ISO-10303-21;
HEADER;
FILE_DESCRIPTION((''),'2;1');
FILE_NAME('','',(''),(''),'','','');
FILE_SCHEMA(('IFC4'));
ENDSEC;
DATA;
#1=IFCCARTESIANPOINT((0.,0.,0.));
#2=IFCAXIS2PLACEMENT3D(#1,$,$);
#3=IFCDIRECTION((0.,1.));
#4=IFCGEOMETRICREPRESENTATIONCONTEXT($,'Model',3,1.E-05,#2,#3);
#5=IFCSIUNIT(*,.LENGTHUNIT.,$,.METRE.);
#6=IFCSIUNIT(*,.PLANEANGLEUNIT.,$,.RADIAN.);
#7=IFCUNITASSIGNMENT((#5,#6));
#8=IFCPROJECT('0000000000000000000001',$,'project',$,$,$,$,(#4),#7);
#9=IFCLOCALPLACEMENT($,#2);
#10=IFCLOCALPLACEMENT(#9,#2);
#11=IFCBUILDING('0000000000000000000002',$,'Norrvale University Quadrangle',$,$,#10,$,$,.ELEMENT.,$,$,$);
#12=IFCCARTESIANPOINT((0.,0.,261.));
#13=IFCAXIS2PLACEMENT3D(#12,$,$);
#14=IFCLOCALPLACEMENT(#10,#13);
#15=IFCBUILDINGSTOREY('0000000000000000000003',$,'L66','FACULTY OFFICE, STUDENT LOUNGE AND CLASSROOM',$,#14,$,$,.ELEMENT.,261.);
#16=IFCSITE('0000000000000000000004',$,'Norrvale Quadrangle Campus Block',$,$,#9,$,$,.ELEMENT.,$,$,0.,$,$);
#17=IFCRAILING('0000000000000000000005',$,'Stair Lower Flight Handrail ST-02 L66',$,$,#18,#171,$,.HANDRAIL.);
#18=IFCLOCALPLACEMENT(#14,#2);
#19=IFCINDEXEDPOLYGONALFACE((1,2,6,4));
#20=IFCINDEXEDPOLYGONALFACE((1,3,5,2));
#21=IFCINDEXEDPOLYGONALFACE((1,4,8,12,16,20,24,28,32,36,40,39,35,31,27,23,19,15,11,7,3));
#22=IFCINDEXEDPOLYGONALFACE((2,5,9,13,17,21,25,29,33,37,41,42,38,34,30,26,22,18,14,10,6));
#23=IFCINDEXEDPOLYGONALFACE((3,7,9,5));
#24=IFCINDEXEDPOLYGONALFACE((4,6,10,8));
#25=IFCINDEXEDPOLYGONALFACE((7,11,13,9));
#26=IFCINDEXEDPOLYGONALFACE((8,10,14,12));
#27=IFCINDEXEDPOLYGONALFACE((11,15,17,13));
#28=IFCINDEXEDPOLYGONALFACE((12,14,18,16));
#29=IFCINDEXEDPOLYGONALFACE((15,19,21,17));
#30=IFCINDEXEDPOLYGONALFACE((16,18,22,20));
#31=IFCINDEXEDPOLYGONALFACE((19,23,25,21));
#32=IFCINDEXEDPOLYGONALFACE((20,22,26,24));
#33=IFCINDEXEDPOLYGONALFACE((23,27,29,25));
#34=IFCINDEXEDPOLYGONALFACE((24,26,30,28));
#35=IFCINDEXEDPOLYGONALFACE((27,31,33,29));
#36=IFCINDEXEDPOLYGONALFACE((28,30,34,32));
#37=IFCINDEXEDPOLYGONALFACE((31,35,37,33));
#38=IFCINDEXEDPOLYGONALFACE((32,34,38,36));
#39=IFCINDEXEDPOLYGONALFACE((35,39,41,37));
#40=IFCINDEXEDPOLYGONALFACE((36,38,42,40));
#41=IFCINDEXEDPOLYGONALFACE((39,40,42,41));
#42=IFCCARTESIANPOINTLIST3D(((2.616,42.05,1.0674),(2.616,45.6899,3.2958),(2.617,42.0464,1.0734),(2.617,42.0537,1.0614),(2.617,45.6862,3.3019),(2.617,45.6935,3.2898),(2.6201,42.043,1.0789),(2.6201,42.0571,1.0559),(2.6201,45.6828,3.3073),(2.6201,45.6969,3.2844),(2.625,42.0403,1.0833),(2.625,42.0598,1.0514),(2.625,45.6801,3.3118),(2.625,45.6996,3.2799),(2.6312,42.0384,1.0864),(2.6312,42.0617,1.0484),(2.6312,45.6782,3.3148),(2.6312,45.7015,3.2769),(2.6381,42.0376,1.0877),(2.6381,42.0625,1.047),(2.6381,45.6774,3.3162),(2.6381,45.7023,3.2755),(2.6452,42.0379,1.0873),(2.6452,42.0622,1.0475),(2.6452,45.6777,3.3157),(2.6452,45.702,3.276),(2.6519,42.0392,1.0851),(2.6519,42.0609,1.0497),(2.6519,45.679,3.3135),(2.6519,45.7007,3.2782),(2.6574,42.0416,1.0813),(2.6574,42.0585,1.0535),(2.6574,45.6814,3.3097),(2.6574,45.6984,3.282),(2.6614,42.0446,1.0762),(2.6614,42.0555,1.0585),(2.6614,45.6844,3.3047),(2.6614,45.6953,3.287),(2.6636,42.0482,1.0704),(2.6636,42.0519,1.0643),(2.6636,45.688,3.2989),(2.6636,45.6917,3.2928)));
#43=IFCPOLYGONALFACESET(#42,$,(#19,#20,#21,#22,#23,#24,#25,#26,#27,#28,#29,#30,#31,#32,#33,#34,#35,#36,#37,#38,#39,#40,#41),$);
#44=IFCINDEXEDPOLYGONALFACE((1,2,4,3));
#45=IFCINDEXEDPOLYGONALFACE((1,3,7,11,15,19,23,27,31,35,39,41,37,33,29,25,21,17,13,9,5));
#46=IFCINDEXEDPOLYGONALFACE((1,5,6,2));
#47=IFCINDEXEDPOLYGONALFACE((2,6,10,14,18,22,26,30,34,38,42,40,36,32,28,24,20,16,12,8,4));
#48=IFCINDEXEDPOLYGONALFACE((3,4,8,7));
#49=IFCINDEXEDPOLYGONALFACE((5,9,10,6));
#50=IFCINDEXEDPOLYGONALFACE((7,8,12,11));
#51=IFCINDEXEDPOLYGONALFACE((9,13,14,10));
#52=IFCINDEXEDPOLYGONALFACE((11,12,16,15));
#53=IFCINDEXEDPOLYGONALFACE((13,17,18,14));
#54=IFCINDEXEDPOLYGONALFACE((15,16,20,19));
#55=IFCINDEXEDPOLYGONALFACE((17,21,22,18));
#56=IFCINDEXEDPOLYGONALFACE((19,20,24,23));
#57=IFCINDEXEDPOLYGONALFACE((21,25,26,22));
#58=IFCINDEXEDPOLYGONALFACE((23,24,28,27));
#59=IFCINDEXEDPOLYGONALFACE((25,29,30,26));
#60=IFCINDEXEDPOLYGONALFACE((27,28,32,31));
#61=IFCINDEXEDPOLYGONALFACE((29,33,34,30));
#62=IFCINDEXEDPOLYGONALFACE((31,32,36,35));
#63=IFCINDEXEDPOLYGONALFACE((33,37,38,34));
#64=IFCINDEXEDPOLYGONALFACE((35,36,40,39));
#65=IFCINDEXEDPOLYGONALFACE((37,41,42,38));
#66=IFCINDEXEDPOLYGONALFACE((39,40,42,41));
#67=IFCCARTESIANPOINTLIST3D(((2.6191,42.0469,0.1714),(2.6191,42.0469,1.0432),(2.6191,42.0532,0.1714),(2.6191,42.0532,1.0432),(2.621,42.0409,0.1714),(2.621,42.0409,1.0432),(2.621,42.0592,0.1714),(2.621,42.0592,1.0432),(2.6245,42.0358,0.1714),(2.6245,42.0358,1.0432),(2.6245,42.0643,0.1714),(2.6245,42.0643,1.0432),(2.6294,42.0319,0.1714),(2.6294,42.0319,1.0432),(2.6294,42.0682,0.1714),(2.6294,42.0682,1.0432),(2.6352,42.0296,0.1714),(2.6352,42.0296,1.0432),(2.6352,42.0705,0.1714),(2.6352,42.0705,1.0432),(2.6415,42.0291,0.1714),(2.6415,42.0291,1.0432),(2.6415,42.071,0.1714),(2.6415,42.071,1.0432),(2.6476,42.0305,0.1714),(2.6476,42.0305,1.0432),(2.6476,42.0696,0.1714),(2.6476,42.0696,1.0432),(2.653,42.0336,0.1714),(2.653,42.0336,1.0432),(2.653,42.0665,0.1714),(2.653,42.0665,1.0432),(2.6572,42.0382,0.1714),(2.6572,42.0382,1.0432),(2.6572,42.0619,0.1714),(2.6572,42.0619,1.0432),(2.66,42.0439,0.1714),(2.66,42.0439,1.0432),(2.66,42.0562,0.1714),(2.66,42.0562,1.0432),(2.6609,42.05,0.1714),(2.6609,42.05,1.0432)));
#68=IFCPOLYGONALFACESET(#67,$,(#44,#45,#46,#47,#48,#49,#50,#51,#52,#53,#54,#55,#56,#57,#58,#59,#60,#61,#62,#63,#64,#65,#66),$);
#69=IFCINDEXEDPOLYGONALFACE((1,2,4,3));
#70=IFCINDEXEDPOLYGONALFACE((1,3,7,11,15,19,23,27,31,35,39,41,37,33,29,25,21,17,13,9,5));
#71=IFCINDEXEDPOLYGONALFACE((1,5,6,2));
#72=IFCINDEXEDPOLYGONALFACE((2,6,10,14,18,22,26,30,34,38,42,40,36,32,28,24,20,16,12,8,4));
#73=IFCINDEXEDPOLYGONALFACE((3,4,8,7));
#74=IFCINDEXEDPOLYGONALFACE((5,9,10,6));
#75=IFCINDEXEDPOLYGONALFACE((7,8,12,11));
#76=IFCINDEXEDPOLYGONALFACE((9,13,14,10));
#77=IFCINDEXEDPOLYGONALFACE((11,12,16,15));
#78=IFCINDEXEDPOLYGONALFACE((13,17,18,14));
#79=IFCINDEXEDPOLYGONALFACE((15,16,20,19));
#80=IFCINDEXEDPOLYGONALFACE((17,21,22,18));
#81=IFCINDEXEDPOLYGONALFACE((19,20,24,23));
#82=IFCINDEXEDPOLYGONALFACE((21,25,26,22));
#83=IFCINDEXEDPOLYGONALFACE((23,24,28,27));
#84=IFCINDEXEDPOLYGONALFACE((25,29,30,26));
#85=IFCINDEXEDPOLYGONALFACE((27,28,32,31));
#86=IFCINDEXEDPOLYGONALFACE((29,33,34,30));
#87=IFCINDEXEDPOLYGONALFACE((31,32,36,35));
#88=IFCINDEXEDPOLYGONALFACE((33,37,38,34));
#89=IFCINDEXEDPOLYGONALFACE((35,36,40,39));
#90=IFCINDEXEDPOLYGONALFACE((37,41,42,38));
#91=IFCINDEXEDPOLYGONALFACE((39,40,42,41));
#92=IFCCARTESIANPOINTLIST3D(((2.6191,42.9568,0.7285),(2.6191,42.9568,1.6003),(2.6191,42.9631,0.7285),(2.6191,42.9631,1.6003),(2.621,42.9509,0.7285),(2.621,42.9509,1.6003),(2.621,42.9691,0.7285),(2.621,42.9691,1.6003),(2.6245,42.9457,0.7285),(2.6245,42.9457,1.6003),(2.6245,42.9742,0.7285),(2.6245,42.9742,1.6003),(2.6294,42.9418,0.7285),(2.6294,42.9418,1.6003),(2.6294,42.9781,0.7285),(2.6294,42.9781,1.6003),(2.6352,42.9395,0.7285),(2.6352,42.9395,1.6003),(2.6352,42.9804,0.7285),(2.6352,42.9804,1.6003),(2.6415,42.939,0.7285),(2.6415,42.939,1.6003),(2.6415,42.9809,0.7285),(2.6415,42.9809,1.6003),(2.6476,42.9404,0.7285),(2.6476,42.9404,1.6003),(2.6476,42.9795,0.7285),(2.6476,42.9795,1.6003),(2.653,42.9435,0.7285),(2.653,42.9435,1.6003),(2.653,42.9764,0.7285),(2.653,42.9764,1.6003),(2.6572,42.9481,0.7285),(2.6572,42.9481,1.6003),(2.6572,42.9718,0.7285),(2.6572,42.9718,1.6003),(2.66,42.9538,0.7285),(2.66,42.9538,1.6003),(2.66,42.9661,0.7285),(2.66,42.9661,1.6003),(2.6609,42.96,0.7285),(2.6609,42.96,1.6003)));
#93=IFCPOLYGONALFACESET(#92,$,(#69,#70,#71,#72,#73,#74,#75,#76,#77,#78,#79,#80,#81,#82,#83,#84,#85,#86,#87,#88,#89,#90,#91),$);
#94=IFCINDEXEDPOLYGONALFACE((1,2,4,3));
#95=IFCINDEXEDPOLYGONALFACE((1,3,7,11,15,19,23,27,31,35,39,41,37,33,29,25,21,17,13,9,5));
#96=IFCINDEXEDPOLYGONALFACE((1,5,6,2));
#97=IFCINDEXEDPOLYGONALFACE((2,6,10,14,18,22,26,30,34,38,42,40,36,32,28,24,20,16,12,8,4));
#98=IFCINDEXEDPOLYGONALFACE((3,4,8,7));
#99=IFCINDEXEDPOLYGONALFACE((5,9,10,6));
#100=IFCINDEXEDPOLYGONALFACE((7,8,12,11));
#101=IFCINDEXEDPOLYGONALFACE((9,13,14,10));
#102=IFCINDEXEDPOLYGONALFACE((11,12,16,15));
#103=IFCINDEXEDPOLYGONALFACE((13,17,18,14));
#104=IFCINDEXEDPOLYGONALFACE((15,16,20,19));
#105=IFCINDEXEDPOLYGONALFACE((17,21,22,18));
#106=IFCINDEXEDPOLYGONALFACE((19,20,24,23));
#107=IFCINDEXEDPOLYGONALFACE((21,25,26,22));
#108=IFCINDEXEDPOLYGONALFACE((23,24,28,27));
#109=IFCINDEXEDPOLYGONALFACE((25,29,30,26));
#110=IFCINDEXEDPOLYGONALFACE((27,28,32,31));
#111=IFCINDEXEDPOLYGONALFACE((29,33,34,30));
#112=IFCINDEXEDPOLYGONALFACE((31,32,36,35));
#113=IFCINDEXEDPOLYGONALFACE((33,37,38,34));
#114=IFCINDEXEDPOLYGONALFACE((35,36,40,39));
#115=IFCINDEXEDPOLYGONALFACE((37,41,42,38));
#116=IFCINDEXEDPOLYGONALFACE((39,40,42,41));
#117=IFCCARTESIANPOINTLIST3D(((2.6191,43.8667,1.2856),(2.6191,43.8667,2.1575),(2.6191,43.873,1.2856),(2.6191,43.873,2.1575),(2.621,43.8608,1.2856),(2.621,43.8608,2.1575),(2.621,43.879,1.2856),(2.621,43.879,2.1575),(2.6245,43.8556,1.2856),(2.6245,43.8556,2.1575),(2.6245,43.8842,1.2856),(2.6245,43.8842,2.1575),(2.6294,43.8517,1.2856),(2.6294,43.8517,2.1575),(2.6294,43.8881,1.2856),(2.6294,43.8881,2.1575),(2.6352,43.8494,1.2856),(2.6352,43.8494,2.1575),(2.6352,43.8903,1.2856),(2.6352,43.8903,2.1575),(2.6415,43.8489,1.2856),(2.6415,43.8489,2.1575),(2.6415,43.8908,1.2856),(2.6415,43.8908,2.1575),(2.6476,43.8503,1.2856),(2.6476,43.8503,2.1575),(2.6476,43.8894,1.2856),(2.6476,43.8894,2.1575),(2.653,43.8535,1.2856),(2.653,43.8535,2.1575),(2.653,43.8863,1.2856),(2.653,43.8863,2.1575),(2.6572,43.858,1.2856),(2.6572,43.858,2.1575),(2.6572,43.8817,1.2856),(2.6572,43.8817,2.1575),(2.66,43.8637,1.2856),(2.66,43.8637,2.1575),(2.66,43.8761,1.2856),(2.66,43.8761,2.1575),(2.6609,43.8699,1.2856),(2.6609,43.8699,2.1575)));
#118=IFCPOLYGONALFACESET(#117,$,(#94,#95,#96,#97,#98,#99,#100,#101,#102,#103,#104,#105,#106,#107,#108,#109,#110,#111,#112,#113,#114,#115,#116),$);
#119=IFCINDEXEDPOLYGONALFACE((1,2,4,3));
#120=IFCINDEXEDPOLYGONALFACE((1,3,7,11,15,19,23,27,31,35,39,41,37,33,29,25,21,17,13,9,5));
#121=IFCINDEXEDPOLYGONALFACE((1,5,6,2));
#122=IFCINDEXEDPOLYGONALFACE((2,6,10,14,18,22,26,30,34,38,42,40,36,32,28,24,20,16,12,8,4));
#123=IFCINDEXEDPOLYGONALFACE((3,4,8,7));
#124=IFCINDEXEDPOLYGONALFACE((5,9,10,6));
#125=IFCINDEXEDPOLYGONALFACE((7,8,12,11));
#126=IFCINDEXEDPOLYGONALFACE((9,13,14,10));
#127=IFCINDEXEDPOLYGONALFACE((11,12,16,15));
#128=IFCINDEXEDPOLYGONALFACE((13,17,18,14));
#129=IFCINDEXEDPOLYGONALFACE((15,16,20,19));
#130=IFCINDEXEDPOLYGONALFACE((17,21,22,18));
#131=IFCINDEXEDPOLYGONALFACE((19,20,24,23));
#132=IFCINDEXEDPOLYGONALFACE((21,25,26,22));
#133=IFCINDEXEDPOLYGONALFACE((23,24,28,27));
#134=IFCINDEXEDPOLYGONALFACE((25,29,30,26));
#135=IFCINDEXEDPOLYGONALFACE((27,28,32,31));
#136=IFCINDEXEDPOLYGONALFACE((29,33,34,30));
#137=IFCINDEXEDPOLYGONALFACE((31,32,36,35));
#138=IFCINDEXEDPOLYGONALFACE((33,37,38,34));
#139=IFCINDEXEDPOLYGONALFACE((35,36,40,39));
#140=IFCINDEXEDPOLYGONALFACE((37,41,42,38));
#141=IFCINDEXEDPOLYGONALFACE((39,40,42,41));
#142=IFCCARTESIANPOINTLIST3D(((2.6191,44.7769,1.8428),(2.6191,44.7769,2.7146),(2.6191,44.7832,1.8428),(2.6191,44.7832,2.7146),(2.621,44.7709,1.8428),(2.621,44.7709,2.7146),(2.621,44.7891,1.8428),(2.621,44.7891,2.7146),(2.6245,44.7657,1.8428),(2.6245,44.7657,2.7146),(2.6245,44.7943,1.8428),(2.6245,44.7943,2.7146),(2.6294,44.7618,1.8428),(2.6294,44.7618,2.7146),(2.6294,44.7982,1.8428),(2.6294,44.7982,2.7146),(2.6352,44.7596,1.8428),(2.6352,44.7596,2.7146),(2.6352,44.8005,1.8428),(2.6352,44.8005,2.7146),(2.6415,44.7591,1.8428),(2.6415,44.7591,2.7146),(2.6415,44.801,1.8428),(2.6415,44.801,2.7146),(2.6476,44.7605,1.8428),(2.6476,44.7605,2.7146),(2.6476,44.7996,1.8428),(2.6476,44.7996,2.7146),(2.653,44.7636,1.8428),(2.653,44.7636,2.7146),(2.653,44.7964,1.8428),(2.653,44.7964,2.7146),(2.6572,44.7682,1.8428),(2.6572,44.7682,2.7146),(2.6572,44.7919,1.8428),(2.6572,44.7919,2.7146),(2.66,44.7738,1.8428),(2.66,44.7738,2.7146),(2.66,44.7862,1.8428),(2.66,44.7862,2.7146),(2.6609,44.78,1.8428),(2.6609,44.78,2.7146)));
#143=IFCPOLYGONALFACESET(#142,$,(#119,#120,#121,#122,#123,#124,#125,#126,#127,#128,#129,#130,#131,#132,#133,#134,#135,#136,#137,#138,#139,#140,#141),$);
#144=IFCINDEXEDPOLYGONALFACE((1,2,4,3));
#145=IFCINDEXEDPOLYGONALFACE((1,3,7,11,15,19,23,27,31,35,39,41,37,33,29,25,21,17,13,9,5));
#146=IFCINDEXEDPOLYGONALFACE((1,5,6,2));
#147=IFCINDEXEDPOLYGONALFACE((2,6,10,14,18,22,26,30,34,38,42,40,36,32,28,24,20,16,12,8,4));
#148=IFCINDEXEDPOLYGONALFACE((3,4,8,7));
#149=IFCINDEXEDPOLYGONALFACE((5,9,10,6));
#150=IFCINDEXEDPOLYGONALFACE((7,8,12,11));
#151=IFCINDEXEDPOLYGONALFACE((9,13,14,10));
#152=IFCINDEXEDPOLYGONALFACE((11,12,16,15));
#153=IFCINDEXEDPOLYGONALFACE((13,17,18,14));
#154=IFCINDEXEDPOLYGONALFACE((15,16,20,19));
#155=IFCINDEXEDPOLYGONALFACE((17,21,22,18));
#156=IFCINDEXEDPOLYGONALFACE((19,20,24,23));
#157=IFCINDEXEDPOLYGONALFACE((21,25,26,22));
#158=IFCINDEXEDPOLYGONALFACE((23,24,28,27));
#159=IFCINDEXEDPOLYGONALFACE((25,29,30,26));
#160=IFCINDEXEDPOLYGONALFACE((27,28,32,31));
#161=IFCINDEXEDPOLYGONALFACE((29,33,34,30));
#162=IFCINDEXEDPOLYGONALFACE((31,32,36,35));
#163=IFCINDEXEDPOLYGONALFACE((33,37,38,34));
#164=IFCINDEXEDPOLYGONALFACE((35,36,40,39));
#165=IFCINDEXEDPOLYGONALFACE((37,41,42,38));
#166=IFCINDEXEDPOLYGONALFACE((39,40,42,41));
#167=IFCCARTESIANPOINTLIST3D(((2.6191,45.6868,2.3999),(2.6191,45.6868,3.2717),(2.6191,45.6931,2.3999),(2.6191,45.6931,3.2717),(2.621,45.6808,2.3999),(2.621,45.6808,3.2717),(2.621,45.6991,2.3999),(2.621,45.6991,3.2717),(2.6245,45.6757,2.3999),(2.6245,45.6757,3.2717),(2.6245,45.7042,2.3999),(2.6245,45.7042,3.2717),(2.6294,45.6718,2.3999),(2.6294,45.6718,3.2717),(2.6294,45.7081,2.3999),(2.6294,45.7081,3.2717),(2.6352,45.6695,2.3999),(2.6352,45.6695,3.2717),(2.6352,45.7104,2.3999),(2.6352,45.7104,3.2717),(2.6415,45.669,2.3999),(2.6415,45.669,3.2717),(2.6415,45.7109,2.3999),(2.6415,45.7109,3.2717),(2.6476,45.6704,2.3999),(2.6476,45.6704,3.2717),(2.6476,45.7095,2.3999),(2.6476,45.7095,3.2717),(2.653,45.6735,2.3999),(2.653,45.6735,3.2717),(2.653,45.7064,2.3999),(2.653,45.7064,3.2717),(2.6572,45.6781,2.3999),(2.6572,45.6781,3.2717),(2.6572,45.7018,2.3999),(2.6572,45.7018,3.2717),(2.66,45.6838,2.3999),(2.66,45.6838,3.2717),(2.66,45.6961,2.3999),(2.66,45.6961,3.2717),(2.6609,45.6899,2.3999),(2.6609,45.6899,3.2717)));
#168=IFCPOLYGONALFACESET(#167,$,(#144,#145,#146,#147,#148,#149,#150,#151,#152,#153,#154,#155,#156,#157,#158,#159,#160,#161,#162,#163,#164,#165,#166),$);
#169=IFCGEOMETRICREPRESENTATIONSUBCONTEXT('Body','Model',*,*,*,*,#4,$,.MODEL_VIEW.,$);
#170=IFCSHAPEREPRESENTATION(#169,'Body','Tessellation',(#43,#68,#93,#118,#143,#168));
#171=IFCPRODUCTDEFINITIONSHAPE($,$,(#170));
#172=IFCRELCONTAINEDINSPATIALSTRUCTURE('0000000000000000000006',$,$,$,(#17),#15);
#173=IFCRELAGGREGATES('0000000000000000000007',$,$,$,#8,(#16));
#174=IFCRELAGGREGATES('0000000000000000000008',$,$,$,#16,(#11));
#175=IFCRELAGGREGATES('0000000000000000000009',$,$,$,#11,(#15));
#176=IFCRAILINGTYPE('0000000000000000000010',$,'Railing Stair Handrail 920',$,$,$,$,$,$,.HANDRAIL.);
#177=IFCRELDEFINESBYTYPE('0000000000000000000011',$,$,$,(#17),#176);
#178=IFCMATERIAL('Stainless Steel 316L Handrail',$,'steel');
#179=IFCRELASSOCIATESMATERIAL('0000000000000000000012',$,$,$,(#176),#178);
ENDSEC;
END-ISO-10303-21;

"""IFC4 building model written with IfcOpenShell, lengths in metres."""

from ifc_helpers import new_model, si_unit, direction, frame, origin, origin_2d, place, context, subcontext, project, spatial, circle, extrude, material, type_object, element, save


model = new_model("IFC4")

# Units and contexts
model_context = context("Model", 3, precision=1e-05, world=origin(), true_north=direction((0.0, 1.0)))
body_context = subcontext(model_context, "Body", "Model", "MODEL_VIEW")
ifc_project = project(units=[si_unit("LENGTHUNIT", "METRE"), si_unit("PLANEANGLEUNIT", "RADIAN")], contexts=[model_context])

# Site, building, storey
site_placement = place(None, origin())
site = spatial("IfcSite", under=ifc_project, at=site_placement, Name="Norrvale Quadrangle Campus Block", CompositionType="ELEMENT", RefElevation=0.0)
building_placement = place(site_placement, origin())
building = spatial("IfcBuilding", under=site, at=building_placement, Name="Norrvale University Quadrangle", CompositionType="ELEMENT")
storey_placement = place(building_placement, frame((0.0, 0.0, 261.0)))
storey = spatial("IfcBuildingStorey", under=building, at=storey_placement, Name="L66", Description="FACULTY OFFICE, STUDENT LOUNGE AND CLASSROOM", CompositionType="ELEMENT", Elevation=261.0)

# Railing
ifc_material_1 = material(Name="Stainless Steel 316L Handrail", Category="steel")
railing_type_1 = type_object("IfcRailingType", Name="Railing Stair Handrail 920", PredefinedType="HANDRAIL", material=ifc_material_1)
railing_1_placement = place(storey_placement, frame((2.6399, 42.05, 0.1714)))
element("IfcRailing", 1, at=railing_1_placement, inside=storey, type_object=railing_type_1, Name="Stair Lower Flight Handrail ST-02 L66", PredefinedType="HANDRAIL", context=body_context, shape_type="SweptSolid", body=[
    extrude(circle(Radius=0.0239, at=origin_2d()), frame((0.0, 0.0, 0.896), z_axis=(0.0, 0.85285, 0.522156), x_axis=(-1.0, 0.0, 0.0)), (0.0, 0.0, 1.0), 4.2678),
    extrude(circle(Radius=0.021, at=origin_2d()), origin(), (0.0, 0.0, 1.0), 0.8718),
    extrude(circle(Radius=0.021, at=origin_2d()), frame((0.0, 0.9099, 0.5571)), (0.0, 0.0, 1.0), 0.8718),
    extrude(circle(Radius=0.021, at=origin_2d()), frame((0.0, 1.8198, 1.1143)), (0.0, 0.0, 1.0), 0.8718),
    extrude(circle(Radius=0.021, at=origin_2d()), frame((0.0, 2.73, 1.6714)), (0.0, 0.0, 1.0), 0.8718),
    extrude(circle(Radius=0.021, at=origin_2d()), frame((0.0, 3.6399, 2.2285)), (0.0, 0.0, 1.0), 0.8718),
])

save(model, "model.ifc")
